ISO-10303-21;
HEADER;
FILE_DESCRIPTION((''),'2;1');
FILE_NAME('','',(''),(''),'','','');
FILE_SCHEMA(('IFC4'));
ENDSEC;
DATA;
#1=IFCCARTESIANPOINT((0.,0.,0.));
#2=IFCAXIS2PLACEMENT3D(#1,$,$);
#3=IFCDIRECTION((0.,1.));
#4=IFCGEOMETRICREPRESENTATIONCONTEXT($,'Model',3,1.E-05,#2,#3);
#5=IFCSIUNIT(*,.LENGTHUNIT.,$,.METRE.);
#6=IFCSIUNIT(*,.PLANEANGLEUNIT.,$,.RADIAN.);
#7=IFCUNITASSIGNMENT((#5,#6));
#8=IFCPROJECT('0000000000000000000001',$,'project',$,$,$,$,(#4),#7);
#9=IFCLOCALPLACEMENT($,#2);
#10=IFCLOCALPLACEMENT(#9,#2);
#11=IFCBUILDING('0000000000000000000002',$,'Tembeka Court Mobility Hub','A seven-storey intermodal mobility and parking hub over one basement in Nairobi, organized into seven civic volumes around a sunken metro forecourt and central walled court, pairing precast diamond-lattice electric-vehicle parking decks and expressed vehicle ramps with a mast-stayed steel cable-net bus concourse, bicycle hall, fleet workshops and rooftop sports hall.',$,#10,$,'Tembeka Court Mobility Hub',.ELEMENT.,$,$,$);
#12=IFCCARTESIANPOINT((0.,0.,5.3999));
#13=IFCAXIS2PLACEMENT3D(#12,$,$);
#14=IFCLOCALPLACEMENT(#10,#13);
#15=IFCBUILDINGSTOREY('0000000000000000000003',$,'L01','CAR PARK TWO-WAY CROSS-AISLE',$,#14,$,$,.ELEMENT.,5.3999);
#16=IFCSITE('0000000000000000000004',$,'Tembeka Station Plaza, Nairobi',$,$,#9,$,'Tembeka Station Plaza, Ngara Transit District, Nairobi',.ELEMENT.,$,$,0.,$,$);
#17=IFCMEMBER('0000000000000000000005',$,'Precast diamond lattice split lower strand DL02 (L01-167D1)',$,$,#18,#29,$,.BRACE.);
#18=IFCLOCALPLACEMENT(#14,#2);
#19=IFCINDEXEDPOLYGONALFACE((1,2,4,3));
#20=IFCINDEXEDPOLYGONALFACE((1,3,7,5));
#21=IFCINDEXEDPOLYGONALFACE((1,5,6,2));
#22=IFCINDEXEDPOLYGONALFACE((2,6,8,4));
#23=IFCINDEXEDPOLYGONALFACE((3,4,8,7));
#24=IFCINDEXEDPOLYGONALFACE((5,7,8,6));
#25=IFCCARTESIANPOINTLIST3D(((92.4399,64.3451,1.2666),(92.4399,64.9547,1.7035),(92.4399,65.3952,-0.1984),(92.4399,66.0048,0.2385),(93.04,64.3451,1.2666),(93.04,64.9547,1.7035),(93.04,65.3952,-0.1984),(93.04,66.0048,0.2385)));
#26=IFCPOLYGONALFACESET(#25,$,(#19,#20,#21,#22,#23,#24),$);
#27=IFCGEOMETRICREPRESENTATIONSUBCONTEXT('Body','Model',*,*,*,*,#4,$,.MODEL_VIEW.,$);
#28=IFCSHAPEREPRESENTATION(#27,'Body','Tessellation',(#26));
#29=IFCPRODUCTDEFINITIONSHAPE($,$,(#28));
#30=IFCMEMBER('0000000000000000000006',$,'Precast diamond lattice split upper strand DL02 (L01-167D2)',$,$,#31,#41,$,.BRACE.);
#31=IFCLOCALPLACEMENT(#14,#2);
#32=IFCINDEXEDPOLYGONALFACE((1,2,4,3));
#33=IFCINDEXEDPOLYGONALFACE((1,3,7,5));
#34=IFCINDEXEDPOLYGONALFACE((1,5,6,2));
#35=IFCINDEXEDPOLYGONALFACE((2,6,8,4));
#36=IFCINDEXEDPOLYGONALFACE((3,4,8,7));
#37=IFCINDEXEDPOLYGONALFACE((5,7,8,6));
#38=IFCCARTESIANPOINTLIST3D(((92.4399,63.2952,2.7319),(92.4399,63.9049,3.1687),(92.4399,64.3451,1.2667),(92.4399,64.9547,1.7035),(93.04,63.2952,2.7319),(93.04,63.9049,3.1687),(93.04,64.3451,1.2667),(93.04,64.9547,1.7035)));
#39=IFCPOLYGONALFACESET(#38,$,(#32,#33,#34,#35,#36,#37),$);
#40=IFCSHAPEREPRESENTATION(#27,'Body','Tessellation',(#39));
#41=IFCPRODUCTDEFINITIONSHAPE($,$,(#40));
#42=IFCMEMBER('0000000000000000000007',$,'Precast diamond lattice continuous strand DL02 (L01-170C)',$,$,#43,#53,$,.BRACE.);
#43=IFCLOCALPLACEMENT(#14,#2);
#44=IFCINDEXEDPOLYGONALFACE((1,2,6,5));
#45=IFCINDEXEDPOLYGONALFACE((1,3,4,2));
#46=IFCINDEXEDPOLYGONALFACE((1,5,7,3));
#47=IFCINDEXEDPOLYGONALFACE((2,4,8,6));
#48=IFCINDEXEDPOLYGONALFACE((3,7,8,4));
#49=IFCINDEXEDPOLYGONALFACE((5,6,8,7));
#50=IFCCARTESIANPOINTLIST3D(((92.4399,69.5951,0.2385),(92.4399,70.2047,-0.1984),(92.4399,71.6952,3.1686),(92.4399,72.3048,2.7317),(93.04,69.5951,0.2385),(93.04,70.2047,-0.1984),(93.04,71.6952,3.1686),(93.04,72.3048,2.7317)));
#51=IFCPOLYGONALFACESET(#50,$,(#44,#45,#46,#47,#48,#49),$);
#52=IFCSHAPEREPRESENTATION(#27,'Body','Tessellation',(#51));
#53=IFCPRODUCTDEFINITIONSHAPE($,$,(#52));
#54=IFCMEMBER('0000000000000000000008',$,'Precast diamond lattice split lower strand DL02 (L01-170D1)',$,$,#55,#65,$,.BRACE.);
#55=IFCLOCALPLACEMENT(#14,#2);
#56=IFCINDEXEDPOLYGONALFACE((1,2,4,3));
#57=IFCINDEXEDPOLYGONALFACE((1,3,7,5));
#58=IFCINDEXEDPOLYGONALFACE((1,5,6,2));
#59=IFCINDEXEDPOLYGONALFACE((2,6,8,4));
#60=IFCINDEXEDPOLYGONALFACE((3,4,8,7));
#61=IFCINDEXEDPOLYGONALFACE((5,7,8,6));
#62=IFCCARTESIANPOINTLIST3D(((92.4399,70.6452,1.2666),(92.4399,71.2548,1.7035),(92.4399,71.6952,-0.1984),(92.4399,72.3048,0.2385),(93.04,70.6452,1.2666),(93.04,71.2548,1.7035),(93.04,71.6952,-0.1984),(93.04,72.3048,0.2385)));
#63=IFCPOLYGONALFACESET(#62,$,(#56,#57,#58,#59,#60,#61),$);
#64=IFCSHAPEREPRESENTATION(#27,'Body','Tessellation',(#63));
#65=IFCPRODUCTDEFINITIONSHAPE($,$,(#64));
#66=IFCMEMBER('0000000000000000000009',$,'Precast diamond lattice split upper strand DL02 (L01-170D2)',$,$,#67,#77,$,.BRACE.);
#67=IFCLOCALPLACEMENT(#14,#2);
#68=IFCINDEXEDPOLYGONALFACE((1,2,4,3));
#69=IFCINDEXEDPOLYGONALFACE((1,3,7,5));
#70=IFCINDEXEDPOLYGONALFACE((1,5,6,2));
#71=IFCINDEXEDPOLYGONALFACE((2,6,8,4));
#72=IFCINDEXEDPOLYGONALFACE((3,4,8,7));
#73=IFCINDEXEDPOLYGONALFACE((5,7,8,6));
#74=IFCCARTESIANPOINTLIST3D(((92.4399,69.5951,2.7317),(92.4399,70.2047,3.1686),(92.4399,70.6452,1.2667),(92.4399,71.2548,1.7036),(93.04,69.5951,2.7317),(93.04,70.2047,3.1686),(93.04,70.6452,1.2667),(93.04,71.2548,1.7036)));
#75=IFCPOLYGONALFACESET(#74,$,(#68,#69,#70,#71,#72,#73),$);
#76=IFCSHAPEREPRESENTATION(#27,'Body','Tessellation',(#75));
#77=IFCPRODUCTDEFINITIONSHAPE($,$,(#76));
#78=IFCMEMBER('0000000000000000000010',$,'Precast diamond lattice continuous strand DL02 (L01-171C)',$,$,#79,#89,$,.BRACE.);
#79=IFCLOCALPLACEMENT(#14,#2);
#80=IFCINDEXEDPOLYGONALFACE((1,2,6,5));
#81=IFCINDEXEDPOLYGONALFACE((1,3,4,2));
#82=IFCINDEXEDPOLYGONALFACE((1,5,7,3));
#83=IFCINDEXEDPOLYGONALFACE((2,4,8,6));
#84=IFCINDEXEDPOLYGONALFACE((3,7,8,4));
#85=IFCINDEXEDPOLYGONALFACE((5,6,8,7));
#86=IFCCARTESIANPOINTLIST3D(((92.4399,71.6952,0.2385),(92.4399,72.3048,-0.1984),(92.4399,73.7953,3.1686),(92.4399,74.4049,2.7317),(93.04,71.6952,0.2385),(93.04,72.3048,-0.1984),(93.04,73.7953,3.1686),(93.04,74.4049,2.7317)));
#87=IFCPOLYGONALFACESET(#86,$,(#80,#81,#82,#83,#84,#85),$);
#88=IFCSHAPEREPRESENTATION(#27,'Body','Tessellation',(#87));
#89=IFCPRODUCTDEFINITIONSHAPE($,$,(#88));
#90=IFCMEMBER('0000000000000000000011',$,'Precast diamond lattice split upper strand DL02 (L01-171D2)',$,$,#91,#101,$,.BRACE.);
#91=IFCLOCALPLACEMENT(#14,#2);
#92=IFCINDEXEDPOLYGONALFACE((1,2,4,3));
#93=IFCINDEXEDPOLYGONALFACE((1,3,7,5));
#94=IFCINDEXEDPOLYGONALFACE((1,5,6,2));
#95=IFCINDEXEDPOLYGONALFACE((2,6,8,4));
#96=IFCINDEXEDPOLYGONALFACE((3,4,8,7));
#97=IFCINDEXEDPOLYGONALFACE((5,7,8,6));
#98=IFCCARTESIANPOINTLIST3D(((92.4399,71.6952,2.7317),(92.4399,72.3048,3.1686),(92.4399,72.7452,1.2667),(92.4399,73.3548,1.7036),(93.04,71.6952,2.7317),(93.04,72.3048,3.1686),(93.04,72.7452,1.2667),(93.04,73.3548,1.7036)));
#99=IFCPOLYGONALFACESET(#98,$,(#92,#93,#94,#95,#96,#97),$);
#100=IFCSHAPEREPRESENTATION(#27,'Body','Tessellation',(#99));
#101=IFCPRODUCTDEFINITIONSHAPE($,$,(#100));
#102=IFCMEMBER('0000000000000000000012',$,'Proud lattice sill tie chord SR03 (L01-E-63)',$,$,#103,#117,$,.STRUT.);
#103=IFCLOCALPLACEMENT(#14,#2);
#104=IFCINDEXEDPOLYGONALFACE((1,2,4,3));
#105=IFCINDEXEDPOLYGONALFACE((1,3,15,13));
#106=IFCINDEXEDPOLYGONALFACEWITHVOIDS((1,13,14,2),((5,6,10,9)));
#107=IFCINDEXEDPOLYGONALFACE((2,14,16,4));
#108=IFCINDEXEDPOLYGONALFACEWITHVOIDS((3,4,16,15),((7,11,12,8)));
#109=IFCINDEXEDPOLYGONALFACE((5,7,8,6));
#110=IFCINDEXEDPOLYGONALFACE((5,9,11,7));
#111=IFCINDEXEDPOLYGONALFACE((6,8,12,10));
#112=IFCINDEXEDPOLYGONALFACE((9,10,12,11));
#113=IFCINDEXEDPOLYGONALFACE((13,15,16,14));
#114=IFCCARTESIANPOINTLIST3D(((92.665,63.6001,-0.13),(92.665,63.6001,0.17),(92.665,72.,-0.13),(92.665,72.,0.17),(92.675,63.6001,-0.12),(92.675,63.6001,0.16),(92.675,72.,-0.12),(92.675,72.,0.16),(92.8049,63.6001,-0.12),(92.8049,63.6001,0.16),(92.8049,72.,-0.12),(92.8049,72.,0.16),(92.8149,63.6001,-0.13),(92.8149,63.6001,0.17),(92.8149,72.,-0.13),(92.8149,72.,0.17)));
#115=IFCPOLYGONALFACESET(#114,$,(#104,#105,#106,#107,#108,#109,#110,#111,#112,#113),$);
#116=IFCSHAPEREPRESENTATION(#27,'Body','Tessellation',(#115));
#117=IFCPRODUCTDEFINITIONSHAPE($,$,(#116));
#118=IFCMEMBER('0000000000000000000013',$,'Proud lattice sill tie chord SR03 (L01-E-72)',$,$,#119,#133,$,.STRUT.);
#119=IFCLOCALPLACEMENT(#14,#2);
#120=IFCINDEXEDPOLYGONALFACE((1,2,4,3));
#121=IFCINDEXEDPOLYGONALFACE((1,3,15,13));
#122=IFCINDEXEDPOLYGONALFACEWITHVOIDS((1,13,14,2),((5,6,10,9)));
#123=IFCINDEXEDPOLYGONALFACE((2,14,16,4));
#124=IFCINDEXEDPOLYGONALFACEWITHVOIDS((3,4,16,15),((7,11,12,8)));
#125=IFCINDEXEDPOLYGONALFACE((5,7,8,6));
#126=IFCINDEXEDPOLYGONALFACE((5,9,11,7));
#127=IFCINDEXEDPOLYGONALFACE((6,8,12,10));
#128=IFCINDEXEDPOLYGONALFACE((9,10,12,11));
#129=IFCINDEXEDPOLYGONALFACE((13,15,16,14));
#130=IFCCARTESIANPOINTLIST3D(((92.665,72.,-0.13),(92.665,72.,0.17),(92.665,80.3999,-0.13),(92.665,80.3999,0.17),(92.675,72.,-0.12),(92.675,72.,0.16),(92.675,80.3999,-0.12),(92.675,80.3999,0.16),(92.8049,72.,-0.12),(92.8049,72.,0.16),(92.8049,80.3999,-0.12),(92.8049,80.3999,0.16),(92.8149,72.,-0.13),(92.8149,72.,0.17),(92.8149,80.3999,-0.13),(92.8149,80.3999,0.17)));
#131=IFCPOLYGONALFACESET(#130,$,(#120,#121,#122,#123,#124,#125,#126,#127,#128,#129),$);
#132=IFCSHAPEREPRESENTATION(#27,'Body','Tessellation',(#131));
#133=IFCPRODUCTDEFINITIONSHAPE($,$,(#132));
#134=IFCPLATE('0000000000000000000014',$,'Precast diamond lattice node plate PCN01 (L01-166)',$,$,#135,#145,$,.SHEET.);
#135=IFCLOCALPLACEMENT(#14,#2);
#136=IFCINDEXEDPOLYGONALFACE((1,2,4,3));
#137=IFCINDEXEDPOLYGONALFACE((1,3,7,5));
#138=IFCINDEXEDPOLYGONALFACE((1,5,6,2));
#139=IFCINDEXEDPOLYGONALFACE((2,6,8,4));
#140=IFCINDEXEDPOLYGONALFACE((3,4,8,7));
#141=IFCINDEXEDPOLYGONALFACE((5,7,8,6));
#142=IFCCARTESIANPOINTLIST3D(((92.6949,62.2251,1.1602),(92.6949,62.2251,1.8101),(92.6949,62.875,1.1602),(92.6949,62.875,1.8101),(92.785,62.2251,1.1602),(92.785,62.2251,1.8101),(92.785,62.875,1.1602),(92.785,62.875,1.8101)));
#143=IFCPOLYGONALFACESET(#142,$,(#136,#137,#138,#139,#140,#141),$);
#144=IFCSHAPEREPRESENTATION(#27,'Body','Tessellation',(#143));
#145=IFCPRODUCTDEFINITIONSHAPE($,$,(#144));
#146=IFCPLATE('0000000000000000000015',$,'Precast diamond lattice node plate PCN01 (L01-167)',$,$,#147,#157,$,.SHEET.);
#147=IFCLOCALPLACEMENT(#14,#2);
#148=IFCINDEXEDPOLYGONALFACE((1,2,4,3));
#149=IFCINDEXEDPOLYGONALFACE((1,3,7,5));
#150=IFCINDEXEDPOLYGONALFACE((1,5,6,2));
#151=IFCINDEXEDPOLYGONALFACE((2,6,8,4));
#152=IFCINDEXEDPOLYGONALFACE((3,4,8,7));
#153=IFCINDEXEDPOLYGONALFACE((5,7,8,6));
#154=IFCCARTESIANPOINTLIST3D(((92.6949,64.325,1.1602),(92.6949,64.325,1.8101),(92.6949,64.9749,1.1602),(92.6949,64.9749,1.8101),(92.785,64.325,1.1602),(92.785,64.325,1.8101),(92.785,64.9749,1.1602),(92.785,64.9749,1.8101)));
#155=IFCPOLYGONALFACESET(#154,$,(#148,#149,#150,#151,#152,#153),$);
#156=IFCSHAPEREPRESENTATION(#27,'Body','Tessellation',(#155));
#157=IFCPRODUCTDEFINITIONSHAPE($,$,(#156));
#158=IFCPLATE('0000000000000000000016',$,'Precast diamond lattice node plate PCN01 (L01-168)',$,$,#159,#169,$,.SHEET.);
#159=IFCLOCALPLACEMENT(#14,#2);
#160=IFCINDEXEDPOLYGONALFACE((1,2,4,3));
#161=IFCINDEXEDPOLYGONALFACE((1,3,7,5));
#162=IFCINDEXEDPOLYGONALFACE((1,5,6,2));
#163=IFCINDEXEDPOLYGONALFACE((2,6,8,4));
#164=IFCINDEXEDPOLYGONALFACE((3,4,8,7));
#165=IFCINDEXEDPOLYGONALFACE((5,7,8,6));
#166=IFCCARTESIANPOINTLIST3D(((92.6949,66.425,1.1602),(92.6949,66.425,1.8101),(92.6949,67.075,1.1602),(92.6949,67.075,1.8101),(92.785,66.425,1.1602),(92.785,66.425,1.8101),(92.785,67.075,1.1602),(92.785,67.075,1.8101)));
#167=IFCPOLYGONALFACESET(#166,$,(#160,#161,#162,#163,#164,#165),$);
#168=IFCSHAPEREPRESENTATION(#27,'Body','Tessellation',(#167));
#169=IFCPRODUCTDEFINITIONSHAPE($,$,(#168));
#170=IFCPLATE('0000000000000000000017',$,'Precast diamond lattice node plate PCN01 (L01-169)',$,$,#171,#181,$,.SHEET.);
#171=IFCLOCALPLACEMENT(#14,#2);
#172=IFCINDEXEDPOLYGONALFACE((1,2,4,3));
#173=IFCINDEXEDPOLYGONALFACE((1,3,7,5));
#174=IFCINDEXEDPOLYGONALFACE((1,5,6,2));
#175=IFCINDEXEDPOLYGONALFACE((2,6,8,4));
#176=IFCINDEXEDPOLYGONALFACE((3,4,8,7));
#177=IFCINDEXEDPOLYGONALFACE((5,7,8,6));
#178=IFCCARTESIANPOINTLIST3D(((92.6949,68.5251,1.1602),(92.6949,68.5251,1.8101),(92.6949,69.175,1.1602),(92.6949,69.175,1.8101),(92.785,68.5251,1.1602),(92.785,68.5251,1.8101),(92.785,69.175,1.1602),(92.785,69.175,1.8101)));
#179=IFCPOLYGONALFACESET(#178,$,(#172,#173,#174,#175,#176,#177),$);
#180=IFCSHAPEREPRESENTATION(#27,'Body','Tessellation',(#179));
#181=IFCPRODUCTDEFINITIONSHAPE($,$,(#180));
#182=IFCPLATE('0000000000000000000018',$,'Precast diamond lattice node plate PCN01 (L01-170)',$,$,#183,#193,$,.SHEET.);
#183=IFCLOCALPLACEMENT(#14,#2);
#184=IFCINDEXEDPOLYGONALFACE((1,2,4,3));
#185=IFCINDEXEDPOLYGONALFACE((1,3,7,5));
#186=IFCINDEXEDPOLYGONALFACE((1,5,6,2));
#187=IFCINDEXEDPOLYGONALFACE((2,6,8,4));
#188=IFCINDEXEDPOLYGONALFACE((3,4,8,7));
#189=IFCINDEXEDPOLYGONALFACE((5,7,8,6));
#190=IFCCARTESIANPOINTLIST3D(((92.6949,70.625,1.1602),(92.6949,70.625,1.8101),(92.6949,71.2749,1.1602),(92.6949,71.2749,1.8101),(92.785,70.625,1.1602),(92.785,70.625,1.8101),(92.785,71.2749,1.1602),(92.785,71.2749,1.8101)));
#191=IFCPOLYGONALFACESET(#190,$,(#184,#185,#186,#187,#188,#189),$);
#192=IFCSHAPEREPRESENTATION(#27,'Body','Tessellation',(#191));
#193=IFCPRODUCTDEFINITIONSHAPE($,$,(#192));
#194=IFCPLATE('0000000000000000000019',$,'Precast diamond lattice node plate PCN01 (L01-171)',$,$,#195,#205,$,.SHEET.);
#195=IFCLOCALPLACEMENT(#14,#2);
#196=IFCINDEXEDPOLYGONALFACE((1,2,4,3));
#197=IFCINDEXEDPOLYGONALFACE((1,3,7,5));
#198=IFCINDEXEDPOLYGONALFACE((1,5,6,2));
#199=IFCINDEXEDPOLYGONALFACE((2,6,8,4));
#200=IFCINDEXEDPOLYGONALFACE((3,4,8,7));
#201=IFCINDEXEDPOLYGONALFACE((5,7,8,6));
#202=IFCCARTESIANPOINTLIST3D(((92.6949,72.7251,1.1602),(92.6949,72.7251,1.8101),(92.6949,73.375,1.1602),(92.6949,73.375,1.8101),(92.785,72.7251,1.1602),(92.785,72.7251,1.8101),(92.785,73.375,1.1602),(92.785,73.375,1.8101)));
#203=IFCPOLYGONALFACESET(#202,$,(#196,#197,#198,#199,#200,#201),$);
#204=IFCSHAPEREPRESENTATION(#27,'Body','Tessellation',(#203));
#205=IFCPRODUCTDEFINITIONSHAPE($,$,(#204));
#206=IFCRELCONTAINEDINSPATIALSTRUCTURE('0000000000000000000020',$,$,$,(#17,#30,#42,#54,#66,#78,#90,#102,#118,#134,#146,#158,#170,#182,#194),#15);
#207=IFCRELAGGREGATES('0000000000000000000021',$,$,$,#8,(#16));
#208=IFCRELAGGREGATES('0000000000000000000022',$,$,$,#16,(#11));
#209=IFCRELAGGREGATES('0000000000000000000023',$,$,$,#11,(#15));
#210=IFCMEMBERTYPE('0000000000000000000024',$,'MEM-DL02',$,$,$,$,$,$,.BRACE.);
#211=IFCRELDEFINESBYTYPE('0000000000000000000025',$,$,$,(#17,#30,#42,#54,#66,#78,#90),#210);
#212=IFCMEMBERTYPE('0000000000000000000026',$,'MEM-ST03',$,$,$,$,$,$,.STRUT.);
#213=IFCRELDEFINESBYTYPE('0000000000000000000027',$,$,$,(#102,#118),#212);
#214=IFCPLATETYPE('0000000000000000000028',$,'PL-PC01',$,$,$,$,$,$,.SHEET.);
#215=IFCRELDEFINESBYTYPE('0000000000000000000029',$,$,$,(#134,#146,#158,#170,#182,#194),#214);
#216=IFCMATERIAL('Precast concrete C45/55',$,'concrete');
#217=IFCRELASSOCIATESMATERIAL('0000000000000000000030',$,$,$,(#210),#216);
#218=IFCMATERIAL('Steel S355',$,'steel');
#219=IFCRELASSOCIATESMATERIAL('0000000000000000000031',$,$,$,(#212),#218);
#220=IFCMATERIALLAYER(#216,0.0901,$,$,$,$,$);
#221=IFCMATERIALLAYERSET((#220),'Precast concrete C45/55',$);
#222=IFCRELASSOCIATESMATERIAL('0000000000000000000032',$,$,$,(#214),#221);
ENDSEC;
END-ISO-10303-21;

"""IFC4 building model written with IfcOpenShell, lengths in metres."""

from ifc_helpers import new_model, si_unit, direction, frame, origin, origin_2d, place, context, subcontext, project, spatial, rectangle, hollow_rectangle, extrude, material, layer, layer_set, material_profile, profile_set, type_object, element, save


model = new_model("IFC4")

# Units and contexts
model_context = context("Model", 3, precision=1e-05, world=origin(), true_north=direction((0.0, 1.0)))
body_context = subcontext(model_context, "Body", "Model", "MODEL_VIEW")
ifc_project = project(units=[si_unit("LENGTHUNIT", "METRE"), si_unit("PLANEANGLEUNIT", "RADIAN")], contexts=[model_context])

# Site, building, storey
site_placement = place(None, origin())
site = spatial("IfcSite", under=ifc_project, at=site_placement, Name="Tembeka Station Plaza, Nairobi", LongName="Tembeka Station Plaza, Ngara Transit District, Nairobi", CompositionType="ELEMENT", RefElevation=0.0)
building_placement = place(site_placement, origin())
building = spatial("IfcBuilding", under=site, at=building_placement, Name="Tembeka Court Mobility Hub", Description="A seven-storey intermodal mobility and parking hub over one basement in Nairobi, organized into seven civic volumes around a sunken metro forecourt and central walled court, pairing precast diamond-lattice electric-vehicle parking decks and expressed vehicle ramps with a mast-stayed steel cable-net bus concourse, bicycle hall, fleet workshops and rooftop sports hall.", LongName="Tembeka Court Mobility Hub", CompositionType="ELEMENT")
storey_placement = place(building_placement, frame((0.0, 0.0, 5.3999)))
storey = spatial("IfcBuildingStorey", under=building, at=storey_placement, Name="L01", Description="CAR PARK TWO-WAY CROSS-AISLE", CompositionType="ELEMENT", Elevation=5.3999)

# Shared definitions
ifc_material_1 = material(Name="Steel S355", Category="steel")

# Members
ifc_material_2 = material(Name="Precast concrete C45/55", Category="concrete")
ifc_material_profile_1 = material_profile(ifc_material_2, rectangle(XDim=0.6001, YDim=0.75, at=origin_2d()), Name="PC-DIAG 600x750")
ifc_profile_set_1 = profile_set([ifc_material_profile_1], Name="Precast concrete C45/55")
member_type_1 = type_object("IfcMemberType", Name="MEM-DL02", PredefinedType="BRACE", material=ifc_profile_set_1)
for number, where, z_axis, x_axis, name in (
    (1, (92.74, 65.7, 0.02), (0.0, -0.582544, 0.812799), (1.0, 0.0, 0.0), "Precast diamond lattice split lower strand DL02 (L01-167D1)"),
    (2, (92.74, 64.6499, 1.4851), (0.0, -0.582455, 0.812863), (1.0, 0.0, 0.0), "Precast diamond lattice split upper strand DL02 (L01-167D2)"),
):
    element("IfcMember", number, at=place(storey_placement, frame(where, z_axis=z_axis, x_axis=x_axis)), inside=storey, type_object=member_type_1, Name=name, PredefinedType="BRACE", context=body_context, shape_type="SweptSolid", body=[
        extrude(rectangle(XDim=0.6001, YDim=0.75, at=origin_2d()), origin(), (0.0, 0.0, 1.0), 1.8025),
    ])
member_1_placement = place(storey_placement, frame((92.74, 69.8999, 0.02), z_axis=(0.0, 0.582544, 0.812799), x_axis=(-1.0, 0.0, 0.0)))
element("IfcMember", 3, at=member_1_placement, inside=storey, type_object=member_type_1, Name="Precast diamond lattice continuous strand DL02 (L01-170C)", PredefinedType="BRACE", context=body_context, shape_type="SweptSolid", body=[
    extrude(rectangle(XDim=0.6001, YDim=0.75, at=origin_2d()), origin(), (0.0, 0.0, 1.0), 3.605),
])
for number, where, z_axis, x_axis, name in (
    (4, (92.74, 72.0, 0.02), (0.0, -0.582544, 0.812799), (1.0, 0.0, 0.0), "Precast diamond lattice split lower strand DL02 (L01-170D1)"),
    (5, (92.74, 70.95, 1.4851), (0.0, -0.582544, 0.812799), (1.0, 0.0, 0.0), "Precast diamond lattice split upper strand DL02 (L01-170D2)"),
):
    element("IfcMember", number, at=place(storey_placement, frame(where, z_axis=z_axis, x_axis=x_axis)), inside=storey, type_object=member_type_1, Name=name, PredefinedType="BRACE", context=body_context, shape_type="SweptSolid", body=[
        extrude(rectangle(XDim=0.6001, YDim=0.75, at=origin_2d()), origin(), (0.0, 0.0, 1.0), 1.8025),
    ])
member_2_placement = place(storey_placement, frame((92.74, 72.0, 0.02), z_axis=(0.0, 0.582544, 0.812799), x_axis=(-1.0, 0.0, 0.0)))
element("IfcMember", 6, at=member_2_placement, inside=storey, type_object=member_type_1, Name="Precast diamond lattice continuous strand DL02 (L01-171C)", PredefinedType="BRACE", context=body_context, shape_type="SweptSolid", body=[
    extrude(rectangle(XDim=0.6001, YDim=0.75, at=origin_2d()), origin(), (0.0, 0.0, 1.0), 3.605),
])
member_3_placement = place(storey_placement, frame((92.74, 73.05, 1.4851), z_axis=(0.0, -0.582544, 0.812799), x_axis=(1.0, 0.0, 0.0)))
element("IfcMember", 7, at=member_3_placement, inside=storey, type_object=member_type_1, Name="Precast diamond lattice split upper strand DL02 (L01-171D2)", PredefinedType="BRACE", context=body_context, shape_type="SweptSolid", body=[
    extrude(rectangle(XDim=0.6001, YDim=0.75, at=origin_2d()), origin(), (0.0, 0.0, 1.0), 1.8025),
])
ifc_material_profile_2 = material_profile(ifc_material_1, hollow_rectangle(XDim=0.1499, YDim=0.3, WallThickness=0.01, at=origin_2d()), Name="RHS 300x150x10")
ifc_profile_set_2 = profile_set([ifc_material_profile_2], Name="Steel S355")
member_type_2 = type_object("IfcMemberType", Name="MEM-ST03", PredefinedType="STRUT", material=ifc_profile_set_2)
for number, where, z_axis, x_axis, name in (
    (8, (92.74, 63.6001, 0.02), (0.0, 1.0, 0.0), (-1.0, 0.0, 0.0), "Proud lattice sill tie chord SR03 (L01-E-63)"),
    (9, (92.74, 72.0, 0.02), (0.0, 1.0, 0.0), (-1.0, 0.0, 0.0), "Proud lattice sill tie chord SR03 (L01-E-72)"),
):
    element("IfcMember", number, at=place(storey_placement, frame(where, z_axis=z_axis, x_axis=x_axis)), inside=storey, type_object=member_type_2, Name=name, PredefinedType="STRUT", context=body_context, shape_type="SweptSolid", body=[
        extrude(hollow_rectangle(XDim=0.1499, YDim=0.3, WallThickness=0.01, at=origin_2d()), origin(), (0.0, 0.0, 1.0), 8.3999),
    ])

# Plates
ifc_layer = layer(ifc_material_2, 0.0901)
ifc_layer_set = layer_set([ifc_layer], Name="Precast concrete C45/55")
plate_type = type_object("IfcPlateType", Name="PL-PC01", PredefinedType="SHEET", material=ifc_layer_set)
for number, where, z_axis, x_axis, name in (
    (10, (92.74, 62.55, 1.1602), (0.0, 0.0, 1.0), (1.0, 0.0, 0.0), "Precast diamond lattice node plate PCN01 (L01-166)"),
    (11, (92.74, 64.6499, 1.1602), (0.0, 0.0, 1.0), (1.0, 0.0, 0.0), "Precast diamond lattice node plate PCN01 (L01-167)"),
    (12, (92.74, 66.75, 1.1602), (0.0, 0.0, 1.0), (1.0, 0.0, 0.0), "Precast diamond lattice node plate PCN01 (L01-168)"),
    (13, (92.74, 68.8501, 1.1602), (0.0, 0.0, 1.0), (1.0, 0.0, 0.0), "Precast diamond lattice node plate PCN01 (L01-169)"),
    (14, (92.74, 70.95, 1.1602), (0.0, 0.0, 1.0), (1.0, 0.0, 0.0), "Precast diamond lattice node plate PCN01 (L01-170)"),
    (15, (92.74, 73.05, 1.1602), (0.0, 0.0, 1.0), (1.0, 0.0, 0.0), "Precast diamond lattice node plate PCN01 (L01-171)"),
):
    element("IfcPlate", number, at=place(storey_placement, frame(where, z_axis=z_axis, x_axis=x_axis)), inside=storey, type_object=plate_type, Name=name, PredefinedType="SHEET", context=body_context, shape_type="SweptSolid", body=[
        extrude(rectangle(XDim=0.0901, YDim=0.6499, at=origin_2d()), origin(), (0.0, 0.0, 1.0), 0.6499),
    ])

save(model, "model.ifc")
